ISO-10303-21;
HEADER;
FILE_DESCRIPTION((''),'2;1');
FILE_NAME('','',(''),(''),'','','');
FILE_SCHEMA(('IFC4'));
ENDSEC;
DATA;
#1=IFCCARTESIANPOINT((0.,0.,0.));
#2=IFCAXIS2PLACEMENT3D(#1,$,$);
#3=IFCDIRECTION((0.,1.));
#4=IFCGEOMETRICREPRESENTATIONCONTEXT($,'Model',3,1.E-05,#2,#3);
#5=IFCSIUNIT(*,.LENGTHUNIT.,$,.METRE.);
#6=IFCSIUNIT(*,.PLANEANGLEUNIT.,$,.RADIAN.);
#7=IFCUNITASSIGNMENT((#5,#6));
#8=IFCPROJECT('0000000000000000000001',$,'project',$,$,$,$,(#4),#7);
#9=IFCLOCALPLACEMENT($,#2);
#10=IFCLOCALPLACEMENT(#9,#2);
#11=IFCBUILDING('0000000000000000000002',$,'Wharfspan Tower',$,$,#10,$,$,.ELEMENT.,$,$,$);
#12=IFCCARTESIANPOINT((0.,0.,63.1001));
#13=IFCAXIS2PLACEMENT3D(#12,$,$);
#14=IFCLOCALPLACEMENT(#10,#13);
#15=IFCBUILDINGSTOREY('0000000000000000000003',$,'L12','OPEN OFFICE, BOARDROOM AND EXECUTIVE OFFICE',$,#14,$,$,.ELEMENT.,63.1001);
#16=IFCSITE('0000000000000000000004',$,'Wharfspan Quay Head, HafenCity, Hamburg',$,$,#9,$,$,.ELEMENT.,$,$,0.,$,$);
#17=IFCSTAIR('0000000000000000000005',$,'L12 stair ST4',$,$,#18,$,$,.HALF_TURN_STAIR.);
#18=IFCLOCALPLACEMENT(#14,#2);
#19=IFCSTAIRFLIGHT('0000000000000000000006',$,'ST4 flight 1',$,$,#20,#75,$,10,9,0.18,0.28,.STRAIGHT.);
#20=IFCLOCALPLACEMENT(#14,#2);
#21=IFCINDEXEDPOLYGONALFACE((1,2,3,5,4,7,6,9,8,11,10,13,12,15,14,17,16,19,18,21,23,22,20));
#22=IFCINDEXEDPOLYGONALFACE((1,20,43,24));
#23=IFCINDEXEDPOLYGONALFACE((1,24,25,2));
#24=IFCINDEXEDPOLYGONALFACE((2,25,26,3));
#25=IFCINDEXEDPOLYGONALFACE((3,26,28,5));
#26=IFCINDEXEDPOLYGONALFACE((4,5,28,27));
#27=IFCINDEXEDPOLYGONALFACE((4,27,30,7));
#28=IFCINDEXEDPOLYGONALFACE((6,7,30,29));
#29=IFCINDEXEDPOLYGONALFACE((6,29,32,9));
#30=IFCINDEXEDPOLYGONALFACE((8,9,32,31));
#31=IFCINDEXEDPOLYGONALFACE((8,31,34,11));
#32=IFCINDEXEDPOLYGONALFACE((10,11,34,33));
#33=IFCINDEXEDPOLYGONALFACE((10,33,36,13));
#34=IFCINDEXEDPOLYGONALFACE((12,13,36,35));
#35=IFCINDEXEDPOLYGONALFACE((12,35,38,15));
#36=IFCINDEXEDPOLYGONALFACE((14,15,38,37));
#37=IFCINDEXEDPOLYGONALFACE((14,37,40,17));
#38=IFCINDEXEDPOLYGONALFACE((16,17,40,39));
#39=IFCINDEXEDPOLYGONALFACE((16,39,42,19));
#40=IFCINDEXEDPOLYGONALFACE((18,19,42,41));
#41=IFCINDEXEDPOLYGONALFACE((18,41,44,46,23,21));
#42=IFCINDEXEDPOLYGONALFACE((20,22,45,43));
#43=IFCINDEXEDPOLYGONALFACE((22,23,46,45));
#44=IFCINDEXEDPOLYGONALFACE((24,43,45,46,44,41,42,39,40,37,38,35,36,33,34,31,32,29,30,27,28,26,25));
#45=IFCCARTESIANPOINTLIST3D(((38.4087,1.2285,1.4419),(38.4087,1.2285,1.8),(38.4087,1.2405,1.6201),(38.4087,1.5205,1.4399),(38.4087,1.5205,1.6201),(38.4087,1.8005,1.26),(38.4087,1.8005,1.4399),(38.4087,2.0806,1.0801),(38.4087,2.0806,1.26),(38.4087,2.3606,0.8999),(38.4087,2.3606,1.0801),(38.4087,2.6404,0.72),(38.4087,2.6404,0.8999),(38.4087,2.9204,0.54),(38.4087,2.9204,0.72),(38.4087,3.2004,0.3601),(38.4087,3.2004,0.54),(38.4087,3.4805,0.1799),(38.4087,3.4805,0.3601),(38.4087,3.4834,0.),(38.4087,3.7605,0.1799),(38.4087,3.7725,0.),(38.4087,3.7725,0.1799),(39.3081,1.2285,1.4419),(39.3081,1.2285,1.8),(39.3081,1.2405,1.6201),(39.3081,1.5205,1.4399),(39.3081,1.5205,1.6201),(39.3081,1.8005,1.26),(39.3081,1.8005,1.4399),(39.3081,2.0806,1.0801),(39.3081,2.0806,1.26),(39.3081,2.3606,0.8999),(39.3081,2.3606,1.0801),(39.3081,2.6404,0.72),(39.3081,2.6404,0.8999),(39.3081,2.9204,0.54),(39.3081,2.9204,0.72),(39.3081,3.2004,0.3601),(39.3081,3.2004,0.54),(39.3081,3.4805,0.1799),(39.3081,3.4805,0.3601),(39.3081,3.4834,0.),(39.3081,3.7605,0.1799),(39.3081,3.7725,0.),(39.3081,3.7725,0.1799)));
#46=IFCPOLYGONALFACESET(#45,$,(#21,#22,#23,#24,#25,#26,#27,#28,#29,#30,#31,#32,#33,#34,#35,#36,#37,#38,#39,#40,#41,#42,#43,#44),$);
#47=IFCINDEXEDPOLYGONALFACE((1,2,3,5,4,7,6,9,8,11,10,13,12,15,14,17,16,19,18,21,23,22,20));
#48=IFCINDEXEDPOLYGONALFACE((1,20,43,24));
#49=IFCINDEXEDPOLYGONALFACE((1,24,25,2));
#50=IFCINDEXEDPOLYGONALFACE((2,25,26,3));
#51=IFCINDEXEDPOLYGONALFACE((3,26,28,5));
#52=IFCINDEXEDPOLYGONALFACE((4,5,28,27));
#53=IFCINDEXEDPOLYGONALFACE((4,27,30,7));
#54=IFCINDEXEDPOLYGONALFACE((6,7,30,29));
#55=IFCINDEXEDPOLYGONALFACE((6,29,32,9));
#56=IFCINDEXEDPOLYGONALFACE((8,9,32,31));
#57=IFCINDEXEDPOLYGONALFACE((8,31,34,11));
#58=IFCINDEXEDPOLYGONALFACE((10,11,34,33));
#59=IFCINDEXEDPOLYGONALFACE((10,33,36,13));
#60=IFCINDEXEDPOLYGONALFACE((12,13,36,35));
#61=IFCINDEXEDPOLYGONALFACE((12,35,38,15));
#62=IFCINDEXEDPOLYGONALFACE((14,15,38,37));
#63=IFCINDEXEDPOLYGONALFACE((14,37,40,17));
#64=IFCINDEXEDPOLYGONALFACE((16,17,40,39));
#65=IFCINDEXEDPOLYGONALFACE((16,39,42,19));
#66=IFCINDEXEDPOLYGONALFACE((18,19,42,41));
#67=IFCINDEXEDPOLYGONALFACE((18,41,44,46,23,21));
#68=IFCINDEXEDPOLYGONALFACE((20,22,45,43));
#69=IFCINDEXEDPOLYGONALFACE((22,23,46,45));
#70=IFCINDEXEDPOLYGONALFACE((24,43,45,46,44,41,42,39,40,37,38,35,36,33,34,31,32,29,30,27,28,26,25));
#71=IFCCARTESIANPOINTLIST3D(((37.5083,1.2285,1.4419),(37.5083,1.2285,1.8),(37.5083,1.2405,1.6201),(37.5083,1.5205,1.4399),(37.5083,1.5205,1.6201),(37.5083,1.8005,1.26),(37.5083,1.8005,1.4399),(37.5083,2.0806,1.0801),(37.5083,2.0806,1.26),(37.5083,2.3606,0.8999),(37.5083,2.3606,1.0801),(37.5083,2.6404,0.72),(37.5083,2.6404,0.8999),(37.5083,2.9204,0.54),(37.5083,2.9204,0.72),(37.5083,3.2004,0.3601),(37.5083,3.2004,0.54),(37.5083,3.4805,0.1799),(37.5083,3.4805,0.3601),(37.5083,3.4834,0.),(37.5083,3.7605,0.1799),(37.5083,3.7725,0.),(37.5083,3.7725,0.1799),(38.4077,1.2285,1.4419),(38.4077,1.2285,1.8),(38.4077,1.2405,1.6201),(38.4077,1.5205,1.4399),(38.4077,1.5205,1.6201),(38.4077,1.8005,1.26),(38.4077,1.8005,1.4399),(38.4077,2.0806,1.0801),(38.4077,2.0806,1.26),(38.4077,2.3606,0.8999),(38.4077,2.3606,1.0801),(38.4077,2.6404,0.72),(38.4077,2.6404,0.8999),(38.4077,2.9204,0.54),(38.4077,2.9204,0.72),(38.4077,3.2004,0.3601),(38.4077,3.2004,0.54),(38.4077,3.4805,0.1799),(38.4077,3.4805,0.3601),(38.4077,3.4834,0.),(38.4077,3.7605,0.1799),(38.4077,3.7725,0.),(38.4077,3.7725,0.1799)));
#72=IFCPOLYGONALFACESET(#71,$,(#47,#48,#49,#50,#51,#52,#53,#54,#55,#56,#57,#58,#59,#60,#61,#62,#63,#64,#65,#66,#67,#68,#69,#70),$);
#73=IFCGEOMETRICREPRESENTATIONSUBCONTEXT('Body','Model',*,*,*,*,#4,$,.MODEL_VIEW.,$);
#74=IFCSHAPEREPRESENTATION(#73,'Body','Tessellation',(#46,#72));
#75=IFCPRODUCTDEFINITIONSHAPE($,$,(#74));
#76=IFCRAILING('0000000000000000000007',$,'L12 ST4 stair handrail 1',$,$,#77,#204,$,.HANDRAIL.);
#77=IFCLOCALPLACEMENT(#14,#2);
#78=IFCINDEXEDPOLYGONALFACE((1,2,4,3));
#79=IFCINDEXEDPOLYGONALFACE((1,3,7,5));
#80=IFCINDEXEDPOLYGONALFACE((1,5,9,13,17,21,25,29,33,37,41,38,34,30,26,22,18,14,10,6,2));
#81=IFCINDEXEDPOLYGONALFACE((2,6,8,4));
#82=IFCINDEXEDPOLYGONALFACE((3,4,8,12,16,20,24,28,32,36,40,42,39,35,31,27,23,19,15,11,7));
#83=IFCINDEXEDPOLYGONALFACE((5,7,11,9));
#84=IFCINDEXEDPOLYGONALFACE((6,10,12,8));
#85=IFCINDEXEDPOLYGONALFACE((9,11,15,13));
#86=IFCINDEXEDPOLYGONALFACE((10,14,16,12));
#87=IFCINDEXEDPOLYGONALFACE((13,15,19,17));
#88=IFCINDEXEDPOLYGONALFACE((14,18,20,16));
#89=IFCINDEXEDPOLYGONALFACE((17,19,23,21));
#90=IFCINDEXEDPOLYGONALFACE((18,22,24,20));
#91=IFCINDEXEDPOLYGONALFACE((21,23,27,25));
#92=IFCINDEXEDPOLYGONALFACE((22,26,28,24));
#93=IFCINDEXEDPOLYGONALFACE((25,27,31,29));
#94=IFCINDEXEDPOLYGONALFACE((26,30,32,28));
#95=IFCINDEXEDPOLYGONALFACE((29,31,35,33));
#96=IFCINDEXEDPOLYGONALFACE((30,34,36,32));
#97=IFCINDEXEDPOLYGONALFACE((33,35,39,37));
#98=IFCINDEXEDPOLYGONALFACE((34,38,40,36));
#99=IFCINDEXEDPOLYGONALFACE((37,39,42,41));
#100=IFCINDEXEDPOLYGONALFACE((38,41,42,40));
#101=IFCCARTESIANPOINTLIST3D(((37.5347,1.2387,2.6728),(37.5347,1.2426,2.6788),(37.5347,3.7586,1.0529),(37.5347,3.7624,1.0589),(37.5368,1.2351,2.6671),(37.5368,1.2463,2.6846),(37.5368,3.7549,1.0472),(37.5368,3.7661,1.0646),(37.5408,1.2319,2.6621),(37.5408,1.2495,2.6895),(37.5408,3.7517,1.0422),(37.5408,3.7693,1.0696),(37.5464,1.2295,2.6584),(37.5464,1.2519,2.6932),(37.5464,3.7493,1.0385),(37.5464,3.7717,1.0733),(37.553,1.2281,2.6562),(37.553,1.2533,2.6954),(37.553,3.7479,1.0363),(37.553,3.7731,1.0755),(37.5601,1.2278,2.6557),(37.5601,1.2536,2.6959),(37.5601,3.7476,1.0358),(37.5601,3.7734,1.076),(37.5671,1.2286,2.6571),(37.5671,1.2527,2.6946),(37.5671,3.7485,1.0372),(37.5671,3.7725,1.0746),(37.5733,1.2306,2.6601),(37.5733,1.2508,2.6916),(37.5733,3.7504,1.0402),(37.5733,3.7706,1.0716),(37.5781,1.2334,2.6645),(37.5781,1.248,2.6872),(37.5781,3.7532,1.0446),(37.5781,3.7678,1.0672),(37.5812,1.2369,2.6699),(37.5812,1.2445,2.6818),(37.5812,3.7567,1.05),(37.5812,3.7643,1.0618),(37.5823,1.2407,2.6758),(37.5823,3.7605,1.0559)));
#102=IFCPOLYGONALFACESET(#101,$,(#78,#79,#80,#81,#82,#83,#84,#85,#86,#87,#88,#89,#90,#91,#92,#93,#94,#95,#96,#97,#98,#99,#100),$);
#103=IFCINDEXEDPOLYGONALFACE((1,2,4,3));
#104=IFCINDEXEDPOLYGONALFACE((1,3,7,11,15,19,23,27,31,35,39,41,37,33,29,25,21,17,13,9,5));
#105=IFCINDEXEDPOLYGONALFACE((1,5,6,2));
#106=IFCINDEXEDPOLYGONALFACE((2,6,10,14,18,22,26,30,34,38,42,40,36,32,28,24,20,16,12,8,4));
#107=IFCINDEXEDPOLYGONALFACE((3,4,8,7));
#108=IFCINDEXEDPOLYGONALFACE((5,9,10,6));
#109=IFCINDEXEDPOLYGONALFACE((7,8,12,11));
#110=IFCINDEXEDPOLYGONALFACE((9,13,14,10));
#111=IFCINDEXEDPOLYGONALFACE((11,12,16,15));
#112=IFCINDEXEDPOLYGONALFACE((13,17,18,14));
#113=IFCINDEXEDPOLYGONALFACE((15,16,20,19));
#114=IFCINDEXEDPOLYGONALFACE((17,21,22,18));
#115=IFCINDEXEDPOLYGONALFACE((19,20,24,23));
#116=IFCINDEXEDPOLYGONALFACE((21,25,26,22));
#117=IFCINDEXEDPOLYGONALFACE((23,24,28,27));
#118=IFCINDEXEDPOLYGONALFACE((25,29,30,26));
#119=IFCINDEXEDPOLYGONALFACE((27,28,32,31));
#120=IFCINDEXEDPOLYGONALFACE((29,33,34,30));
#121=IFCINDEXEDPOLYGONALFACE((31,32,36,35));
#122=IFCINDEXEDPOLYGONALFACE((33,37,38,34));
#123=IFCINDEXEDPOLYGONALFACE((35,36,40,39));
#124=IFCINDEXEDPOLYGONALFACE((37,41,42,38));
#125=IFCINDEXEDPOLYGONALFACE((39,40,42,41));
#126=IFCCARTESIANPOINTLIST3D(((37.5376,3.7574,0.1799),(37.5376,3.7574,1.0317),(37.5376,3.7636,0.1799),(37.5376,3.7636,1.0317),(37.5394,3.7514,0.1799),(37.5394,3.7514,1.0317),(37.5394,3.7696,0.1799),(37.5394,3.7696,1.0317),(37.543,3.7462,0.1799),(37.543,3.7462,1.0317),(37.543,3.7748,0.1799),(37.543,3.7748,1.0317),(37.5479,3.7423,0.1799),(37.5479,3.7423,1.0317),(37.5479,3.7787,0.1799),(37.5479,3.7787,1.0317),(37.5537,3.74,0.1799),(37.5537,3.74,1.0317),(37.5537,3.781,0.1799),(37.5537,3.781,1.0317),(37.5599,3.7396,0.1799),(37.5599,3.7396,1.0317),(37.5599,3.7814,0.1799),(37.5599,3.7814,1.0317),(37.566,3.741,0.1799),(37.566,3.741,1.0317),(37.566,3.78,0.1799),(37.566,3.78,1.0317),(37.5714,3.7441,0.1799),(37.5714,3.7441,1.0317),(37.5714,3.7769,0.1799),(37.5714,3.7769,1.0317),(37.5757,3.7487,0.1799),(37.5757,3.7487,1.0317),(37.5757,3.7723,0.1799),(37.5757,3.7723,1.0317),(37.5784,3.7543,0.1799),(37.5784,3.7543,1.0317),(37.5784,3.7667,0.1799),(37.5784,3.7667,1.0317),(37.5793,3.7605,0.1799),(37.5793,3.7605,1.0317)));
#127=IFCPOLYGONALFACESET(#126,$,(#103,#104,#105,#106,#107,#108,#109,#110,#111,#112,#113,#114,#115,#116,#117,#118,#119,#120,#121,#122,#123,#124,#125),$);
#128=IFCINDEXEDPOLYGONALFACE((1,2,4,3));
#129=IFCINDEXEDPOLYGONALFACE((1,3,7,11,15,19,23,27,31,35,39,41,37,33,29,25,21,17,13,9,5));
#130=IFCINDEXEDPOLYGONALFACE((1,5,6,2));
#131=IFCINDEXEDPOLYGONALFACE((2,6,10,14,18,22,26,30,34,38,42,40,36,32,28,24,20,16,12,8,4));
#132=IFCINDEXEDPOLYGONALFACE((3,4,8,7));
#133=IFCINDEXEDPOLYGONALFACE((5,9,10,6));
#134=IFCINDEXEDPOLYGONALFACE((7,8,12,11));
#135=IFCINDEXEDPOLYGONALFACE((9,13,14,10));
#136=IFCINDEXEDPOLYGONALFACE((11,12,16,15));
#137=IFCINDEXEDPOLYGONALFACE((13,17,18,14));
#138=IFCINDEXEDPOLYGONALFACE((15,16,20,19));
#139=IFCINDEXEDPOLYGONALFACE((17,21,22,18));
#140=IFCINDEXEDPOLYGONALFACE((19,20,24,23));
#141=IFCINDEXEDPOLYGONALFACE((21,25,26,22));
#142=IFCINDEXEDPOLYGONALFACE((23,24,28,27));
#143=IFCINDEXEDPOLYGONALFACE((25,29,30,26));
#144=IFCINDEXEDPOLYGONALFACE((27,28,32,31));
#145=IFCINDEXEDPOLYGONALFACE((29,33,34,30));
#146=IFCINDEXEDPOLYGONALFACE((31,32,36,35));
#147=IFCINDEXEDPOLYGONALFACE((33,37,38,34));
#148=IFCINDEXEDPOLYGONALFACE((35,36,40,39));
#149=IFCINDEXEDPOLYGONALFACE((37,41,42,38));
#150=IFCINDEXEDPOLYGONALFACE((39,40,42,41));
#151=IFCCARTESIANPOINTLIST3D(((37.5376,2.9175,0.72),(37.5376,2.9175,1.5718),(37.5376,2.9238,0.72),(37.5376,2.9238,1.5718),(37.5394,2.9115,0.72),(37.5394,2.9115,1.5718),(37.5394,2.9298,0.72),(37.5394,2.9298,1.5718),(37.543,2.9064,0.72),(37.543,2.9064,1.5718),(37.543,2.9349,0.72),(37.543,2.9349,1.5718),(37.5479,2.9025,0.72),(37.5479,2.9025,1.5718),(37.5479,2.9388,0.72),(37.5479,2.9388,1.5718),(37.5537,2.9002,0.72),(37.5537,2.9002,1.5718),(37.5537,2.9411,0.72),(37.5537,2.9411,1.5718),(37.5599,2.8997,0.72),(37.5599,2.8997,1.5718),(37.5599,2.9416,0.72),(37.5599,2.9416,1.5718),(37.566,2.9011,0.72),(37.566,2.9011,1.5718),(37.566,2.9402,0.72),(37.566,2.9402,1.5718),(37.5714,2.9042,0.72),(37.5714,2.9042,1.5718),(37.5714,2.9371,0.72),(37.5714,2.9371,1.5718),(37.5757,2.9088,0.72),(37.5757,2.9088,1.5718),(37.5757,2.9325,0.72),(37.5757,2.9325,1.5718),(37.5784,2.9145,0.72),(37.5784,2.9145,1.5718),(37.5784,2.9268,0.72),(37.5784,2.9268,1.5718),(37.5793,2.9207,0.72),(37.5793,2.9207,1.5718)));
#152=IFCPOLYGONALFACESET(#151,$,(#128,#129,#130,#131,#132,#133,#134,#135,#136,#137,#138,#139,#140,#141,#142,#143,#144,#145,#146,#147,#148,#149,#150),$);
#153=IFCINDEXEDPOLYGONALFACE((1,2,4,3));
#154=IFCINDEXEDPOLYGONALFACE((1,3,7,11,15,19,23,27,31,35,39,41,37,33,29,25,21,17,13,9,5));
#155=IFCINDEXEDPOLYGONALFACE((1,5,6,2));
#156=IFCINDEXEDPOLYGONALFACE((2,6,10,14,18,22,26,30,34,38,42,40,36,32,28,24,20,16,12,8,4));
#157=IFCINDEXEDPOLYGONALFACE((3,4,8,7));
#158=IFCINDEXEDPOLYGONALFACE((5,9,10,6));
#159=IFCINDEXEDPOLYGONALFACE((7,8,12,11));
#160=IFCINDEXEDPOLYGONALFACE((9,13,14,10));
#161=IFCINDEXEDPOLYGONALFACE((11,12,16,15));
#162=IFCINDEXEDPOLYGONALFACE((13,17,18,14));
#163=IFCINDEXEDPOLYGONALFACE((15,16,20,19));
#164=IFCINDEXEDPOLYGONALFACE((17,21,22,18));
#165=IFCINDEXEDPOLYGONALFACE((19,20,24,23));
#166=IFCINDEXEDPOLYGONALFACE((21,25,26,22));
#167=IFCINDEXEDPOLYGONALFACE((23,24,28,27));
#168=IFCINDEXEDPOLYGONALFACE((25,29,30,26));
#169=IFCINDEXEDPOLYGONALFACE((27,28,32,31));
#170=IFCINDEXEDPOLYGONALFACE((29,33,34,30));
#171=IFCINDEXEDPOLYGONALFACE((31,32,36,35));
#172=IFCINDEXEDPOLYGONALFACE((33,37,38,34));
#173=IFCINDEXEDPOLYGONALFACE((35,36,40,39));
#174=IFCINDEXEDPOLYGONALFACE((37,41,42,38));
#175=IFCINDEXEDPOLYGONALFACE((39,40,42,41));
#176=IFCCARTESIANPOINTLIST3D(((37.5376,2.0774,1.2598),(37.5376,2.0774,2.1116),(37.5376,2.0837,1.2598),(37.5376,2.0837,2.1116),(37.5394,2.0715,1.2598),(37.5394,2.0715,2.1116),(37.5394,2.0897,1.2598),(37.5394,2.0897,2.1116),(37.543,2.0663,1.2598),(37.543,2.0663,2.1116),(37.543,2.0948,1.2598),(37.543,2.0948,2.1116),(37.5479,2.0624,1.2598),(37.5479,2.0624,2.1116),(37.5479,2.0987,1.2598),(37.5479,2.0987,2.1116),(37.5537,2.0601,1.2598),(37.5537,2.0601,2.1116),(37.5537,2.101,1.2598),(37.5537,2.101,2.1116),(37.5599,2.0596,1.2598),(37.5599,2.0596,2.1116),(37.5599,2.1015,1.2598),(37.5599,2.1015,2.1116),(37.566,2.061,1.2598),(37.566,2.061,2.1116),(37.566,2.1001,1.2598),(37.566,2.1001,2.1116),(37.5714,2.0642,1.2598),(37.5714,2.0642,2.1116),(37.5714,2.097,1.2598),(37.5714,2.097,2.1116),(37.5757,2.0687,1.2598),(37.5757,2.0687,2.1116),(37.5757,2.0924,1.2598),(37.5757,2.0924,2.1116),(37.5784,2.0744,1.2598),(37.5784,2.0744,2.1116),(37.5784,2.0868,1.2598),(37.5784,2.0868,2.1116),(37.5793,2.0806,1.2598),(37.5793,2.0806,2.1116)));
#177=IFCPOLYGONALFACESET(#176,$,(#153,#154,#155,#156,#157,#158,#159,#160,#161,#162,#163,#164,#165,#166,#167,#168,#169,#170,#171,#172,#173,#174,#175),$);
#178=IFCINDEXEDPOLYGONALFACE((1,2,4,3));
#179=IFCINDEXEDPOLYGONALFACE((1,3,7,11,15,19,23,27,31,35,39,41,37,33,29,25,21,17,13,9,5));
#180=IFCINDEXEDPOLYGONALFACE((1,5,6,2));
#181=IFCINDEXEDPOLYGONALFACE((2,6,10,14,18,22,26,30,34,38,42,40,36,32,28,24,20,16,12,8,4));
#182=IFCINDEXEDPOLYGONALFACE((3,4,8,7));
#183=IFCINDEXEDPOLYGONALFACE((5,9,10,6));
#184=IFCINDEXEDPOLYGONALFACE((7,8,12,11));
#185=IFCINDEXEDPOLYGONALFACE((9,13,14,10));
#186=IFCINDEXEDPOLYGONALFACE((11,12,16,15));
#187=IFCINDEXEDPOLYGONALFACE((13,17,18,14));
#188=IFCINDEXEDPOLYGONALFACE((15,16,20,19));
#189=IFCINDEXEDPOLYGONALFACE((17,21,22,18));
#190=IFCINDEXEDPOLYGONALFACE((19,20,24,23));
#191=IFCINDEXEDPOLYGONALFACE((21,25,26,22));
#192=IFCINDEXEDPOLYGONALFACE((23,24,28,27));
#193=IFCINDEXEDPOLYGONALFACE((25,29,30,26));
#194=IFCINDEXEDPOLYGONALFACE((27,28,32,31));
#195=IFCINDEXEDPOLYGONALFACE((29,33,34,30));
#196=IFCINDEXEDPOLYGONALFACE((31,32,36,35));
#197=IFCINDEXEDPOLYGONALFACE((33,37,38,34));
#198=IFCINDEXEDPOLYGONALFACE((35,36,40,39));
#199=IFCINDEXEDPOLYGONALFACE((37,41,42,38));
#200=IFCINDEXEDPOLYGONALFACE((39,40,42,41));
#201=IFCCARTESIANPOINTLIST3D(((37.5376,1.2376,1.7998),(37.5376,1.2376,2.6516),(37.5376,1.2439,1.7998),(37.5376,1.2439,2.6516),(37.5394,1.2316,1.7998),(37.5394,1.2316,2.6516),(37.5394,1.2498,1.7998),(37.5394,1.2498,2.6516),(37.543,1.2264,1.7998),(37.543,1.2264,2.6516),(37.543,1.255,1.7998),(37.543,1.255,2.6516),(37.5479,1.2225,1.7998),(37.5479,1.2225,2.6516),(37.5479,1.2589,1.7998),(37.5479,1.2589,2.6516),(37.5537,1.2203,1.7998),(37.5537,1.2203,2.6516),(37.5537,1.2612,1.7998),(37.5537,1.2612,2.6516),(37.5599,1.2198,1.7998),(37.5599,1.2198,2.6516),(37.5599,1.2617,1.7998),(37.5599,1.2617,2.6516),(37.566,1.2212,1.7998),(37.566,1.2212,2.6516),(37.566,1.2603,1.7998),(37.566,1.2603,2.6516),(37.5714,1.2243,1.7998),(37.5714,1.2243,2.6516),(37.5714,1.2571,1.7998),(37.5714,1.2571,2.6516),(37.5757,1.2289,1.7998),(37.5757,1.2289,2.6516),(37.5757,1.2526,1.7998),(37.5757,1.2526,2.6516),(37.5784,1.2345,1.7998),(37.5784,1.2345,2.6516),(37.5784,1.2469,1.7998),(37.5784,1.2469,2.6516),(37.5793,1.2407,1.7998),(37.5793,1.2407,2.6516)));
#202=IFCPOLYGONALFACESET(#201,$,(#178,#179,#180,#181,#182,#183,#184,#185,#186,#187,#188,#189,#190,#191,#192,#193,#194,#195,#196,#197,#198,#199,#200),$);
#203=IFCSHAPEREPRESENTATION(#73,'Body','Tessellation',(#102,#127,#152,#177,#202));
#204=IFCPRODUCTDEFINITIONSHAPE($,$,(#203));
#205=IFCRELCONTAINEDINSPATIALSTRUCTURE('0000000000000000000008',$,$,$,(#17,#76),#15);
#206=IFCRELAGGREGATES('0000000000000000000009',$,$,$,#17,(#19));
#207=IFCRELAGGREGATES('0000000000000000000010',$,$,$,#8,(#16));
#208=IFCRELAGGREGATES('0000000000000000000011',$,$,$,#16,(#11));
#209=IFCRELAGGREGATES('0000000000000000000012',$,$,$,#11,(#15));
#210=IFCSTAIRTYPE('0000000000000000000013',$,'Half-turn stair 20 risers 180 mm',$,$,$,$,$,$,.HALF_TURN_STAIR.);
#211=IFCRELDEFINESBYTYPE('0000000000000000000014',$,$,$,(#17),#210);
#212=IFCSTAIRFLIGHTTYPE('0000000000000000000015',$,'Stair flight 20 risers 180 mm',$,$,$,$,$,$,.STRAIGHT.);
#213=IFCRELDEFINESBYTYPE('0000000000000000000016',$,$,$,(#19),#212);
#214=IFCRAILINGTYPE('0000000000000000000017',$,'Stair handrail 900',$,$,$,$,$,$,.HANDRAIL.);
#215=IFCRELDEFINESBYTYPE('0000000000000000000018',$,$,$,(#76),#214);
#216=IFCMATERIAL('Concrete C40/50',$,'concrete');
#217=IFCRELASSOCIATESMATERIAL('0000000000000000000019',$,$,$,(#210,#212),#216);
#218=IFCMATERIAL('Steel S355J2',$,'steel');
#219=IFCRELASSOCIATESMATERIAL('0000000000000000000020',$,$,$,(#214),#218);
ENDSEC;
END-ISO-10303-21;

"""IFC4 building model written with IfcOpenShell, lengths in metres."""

from ifc_helpers import new_model, si_unit, direction, frame, origin, origin_2d, place, context, subcontext, project, spatial, polyline, circle, outline, extrude, material, type_object, element, aggregate, save


model = new_model("IFC4")

# Units and contexts
model_context = context("Model", 3, precision=1e-05, world=origin(), true_north=direction((0.0, 1.0)))
body_context = subcontext(model_context, "Body", "Model", "MODEL_VIEW")
ifc_project = project(units=[si_unit("LENGTHUNIT", "METRE"), si_unit("PLANEANGLEUNIT", "RADIAN")], contexts=[model_context])

# Site, building, storey
site_placement = place(None, origin())
site = spatial("IfcSite", under=ifc_project, at=site_placement, Name="Wharfspan Quay Head, HafenCity, Hamburg", CompositionType="ELEMENT", RefElevation=0.0)
building_placement = place(site_placement, origin())
building = spatial("IfcBuilding", under=site, at=building_placement, Name="Wharfspan Tower", CompositionType="ELEMENT")
storey_placement = place(building_placement, frame((0.0, 0.0, 63.1001)))
storey = spatial("IfcBuildingStorey", under=building, at=storey_placement, Name="L12", Description="OPEN OFFICE, BOARDROOM AND EXECUTIVE OFFICE", CompositionType="ELEMENT", Elevation=63.1001)

# Shared definitions
ifc_material_1 = material(Name="Steel S355J2", Category="steel")

# Shared definitions
ifc_material_2 = material(Name="Concrete C40/50", Category="concrete")

# Stair, stair flight
stair_type = type_object("IfcStairType", Name="Half-turn stair 20 risers 180 mm", PredefinedType="HALF_TURN_STAIR", material=ifc_material_2)
stair_placement = place(storey_placement, origin())
stair = element("IfcStair", 1, at=stair_placement, inside=storey, type_object=stair_type, Name="L12 stair ST4", PredefinedType="HALF_TURN_STAIR")
stair_flight_type = type_object("IfcStairFlightType", Name="Stair flight 20 risers 180 mm", PredefinedType="STRAIGHT", material=ifc_material_2)
stair_flight_placement = place(storey_placement, frame((38.4082, 3.7605, 0.0), z_axis=(0.0, 0.0, 1.0), x_axis=(0.0, -1.0, 0.0)))
stair_flight = element("IfcStairFlight", 2, at=stair_flight_placement, type_object=stair_flight_type, Name="ST4 flight 1", NumberOfRisers=10, NumberOfTreads=9, PredefinedType="STRAIGHT", RiserHeight=0.18, TreadLength=0.28, context=body_context, shape_type="SweptSolid", body=[
    extrude(outline(polyline([(-0.012, 0.0), (-0.012, 0.1799), (0.0, 0.1799), (0.28, 0.1799), (0.28, 0.3601), (0.5601, 0.3601), (0.5601, 0.54), (0.8401, 0.54), (0.8401, 0.72), (1.1201, 0.72), (1.1201, 0.8999), (1.3999, 0.8999), (1.3999, 1.0801), (1.6799, 1.0801), (1.6799, 1.26), (1.96, 1.26), (1.96, 1.4399), (2.24, 1.4399), (2.24, 1.6201), (2.52, 1.6201), (2.532, 1.8), (2.532, 1.4419), (0.2771, 0.0), (-0.012, 0.0)])), frame((0.0, 0.8999, 0.0), z_axis=(0.0, -1.0, 0.0), x_axis=(1.0, 0.0, 0.0)), (0.0, 0.0, 1.0), 0.8994),
    extrude(outline(polyline([(-0.012, 0.0), (-0.012, 0.1799), (0.0, 0.1799), (0.28, 0.1799), (0.28, 0.3601), (0.5601, 0.3601), (0.5601, 0.54), (0.8401, 0.54), (0.8401, 0.72), (1.1201, 0.72), (1.1201, 0.8999), (1.3999, 0.8999), (1.3999, 1.0801), (1.6799, 1.0801), (1.6799, 1.26), (1.96, 1.26), (1.96, 1.4399), (2.24, 1.4399), (2.24, 1.6201), (2.52, 1.6201), (2.532, 1.8), (2.532, 1.4419), (0.2771, 0.0), (-0.012, 0.0)])), frame((0.0, -0.0005, 0.0), z_axis=(0.0, -1.0, 0.0), x_axis=(1.0, 0.0, 0.0)), (0.0, 0.0, 1.0), 0.8994),
])
aggregate(stair, [stair_flight])

# Railing
railing_type_1 = type_object("IfcRailingType", Name="Stair handrail 900", PredefinedType="HANDRAIL", material=ifc_material_1)
railing_1_placement = place(storey_placement, frame((37.5583, 3.7605, 0.1799)))
element("IfcRailing", 3, at=railing_1_placement, inside=storey, type_object=railing_type_1, Name="L12 ST4 stair handrail 1", PredefinedType="HANDRAIL", context=body_context, shape_type="SweptSolid", body=[
    extrude(circle(Radius=0.0239, at=origin_2d()), frame((0.0, 0.0, 0.876), z_axis=(0.0, -0.841176, 0.540762), x_axis=(1.0, 0.0, 0.0)), (0.0, 0.0, 1.0), 2.9956),
    extrude(circle(Radius=0.021, at=origin_2d()), origin(), (0.0, 0.0, 1.0), 0.8518),
    extrude(circle(Radius=0.021, at=origin_2d()), frame((0.0, -0.8398, 0.54)), (0.0, 0.0, 1.0), 0.8518),
    extrude(circle(Radius=0.021, at=origin_2d()), frame((0.0, -1.6799, 1.0798)), (0.0, 0.0, 1.0), 0.8518),
    extrude(circle(Radius=0.021, at=origin_2d()), frame((0.0, -2.5198, 1.6199)), (0.0, 0.0, 1.0), 0.8518),
])

save(model, "model.ifc")
